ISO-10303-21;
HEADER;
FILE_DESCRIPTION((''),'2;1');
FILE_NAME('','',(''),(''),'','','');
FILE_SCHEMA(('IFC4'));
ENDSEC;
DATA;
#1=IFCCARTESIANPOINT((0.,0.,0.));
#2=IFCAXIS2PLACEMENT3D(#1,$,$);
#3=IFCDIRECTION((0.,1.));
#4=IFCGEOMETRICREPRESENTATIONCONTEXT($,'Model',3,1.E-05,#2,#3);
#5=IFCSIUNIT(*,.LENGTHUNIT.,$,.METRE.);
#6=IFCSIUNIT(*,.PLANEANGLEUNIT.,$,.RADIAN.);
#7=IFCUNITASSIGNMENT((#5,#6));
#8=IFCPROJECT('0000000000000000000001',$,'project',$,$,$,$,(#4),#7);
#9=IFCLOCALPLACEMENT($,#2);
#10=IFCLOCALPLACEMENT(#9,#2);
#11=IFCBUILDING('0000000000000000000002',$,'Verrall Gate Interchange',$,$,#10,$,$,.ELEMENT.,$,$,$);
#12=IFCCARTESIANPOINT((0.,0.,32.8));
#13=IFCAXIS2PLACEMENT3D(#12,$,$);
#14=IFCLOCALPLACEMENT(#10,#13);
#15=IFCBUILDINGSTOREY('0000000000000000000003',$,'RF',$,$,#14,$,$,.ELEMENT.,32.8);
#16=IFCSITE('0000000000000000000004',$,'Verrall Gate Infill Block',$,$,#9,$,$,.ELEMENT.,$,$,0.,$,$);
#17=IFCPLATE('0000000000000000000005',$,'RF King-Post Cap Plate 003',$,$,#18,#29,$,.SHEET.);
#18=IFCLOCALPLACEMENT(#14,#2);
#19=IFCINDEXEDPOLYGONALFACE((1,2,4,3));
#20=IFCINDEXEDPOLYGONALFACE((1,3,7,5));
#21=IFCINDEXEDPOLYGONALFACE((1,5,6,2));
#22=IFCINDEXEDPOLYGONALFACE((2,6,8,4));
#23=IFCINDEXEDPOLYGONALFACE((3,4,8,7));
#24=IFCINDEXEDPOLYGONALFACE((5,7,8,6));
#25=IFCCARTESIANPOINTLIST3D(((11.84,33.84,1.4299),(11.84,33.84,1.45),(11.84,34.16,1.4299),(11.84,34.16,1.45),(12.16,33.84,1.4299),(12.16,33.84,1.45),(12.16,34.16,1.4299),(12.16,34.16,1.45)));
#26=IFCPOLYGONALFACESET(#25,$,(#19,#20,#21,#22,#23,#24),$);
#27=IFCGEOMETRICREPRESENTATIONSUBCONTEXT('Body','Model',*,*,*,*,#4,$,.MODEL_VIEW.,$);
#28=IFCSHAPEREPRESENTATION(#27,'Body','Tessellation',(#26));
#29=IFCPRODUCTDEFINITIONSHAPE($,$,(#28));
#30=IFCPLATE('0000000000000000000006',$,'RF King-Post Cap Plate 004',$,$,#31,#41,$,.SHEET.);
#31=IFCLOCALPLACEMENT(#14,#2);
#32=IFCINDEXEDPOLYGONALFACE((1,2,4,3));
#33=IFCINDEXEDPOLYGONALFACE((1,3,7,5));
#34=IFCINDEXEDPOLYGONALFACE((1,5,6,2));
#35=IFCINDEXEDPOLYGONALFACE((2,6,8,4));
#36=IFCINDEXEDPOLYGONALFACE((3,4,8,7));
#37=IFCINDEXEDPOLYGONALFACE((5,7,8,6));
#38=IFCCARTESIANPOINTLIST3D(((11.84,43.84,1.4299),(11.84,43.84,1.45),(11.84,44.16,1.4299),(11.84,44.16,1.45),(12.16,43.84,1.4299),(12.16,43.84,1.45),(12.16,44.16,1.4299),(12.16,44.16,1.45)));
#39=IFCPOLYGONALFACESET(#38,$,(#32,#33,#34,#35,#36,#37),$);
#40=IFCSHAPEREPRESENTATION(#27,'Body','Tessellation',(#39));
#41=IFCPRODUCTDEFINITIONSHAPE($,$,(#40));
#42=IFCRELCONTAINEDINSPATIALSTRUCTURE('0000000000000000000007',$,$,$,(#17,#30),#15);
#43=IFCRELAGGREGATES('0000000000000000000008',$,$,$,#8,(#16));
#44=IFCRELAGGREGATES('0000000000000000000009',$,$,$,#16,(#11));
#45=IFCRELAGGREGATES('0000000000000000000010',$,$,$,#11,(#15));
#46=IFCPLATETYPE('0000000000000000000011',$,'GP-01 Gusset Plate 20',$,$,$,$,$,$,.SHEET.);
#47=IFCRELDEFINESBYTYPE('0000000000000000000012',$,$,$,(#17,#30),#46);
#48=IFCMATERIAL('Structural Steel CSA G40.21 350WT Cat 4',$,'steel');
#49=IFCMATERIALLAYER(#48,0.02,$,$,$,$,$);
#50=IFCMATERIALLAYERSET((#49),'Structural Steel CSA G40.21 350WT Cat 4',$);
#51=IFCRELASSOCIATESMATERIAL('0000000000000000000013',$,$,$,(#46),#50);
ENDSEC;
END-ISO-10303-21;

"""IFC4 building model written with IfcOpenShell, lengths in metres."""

from ifc_helpers import new_model, si_unit, direction, frame, origin, origin_2d, place, context, subcontext, project, spatial, rectangle, extrude, material, layer, layer_set, type_object, element, save


model = new_model("IFC4")

# Units and contexts
model_context = context("Model", 3, precision=1e-05, world=origin(), true_north=direction((0.0, 1.0)))
body_context = subcontext(model_context, "Body", "Model", "MODEL_VIEW")
ifc_project = project(units=[si_unit("LENGTHUNIT", "METRE"), si_unit("PLANEANGLEUNIT", "RADIAN")], contexts=[model_context])

# Site, building, storey
site_placement = place(None, origin())
site = spatial("IfcSite", under=ifc_project, at=site_placement, Name="Verrall Gate Infill Block", CompositionType="ELEMENT", RefElevation=0.0)
building_placement = place(site_placement, origin())
building = spatial("IfcBuilding", under=site, at=building_placement, Name="Verrall Gate Interchange", CompositionType="ELEMENT")
storey_placement = place(building_placement, frame((0.0, 0.0, 32.8)))
storey = spatial("IfcBuildingStorey", under=building, at=storey_placement, Name="RF", CompositionType="ELEMENT", Elevation=32.8)

# Plates
ifc_material_1 = material(Name="Structural Steel CSA G40.21 350WT Cat 4", Category="steel")
ifc_layer = layer(ifc_material_1, 0.02)
ifc_layer_set = layer_set([ifc_layer], Name="Structural Steel CSA G40.21 350WT Cat 4")
plate_type = type_object("IfcPlateType", Name="GP-01 Gusset Plate 20", PredefinedType="SHEET", material=ifc_layer_set)
for number, where, z_axis, x_axis, name in (
    (1, (12.0, 34.0, 1.4299), (0.0, 0.0, 1.0), (1.0, 0.0, 0.0), "RF King-Post Cap Plate 003"),
    (2, (12.0, 44.0, 1.4299), (0.0, 0.0, 1.0), (1.0, 0.0, 0.0), "RF King-Post Cap Plate 004"),
):
    element("IfcPlate", number, at=place(storey_placement, frame(where, z_axis=z_axis, x_axis=x_axis)), inside=storey, type_object=plate_type, Name=name, PredefinedType="SHEET", context=body_context, shape_type="SweptSolid", body=[
        extrude(rectangle(XDim=0.3201, YDim=0.3201, at=origin_2d()), origin(), (0.0, 0.0, 1.0), 0.02),
    ])

save(model, "model.ifc")
